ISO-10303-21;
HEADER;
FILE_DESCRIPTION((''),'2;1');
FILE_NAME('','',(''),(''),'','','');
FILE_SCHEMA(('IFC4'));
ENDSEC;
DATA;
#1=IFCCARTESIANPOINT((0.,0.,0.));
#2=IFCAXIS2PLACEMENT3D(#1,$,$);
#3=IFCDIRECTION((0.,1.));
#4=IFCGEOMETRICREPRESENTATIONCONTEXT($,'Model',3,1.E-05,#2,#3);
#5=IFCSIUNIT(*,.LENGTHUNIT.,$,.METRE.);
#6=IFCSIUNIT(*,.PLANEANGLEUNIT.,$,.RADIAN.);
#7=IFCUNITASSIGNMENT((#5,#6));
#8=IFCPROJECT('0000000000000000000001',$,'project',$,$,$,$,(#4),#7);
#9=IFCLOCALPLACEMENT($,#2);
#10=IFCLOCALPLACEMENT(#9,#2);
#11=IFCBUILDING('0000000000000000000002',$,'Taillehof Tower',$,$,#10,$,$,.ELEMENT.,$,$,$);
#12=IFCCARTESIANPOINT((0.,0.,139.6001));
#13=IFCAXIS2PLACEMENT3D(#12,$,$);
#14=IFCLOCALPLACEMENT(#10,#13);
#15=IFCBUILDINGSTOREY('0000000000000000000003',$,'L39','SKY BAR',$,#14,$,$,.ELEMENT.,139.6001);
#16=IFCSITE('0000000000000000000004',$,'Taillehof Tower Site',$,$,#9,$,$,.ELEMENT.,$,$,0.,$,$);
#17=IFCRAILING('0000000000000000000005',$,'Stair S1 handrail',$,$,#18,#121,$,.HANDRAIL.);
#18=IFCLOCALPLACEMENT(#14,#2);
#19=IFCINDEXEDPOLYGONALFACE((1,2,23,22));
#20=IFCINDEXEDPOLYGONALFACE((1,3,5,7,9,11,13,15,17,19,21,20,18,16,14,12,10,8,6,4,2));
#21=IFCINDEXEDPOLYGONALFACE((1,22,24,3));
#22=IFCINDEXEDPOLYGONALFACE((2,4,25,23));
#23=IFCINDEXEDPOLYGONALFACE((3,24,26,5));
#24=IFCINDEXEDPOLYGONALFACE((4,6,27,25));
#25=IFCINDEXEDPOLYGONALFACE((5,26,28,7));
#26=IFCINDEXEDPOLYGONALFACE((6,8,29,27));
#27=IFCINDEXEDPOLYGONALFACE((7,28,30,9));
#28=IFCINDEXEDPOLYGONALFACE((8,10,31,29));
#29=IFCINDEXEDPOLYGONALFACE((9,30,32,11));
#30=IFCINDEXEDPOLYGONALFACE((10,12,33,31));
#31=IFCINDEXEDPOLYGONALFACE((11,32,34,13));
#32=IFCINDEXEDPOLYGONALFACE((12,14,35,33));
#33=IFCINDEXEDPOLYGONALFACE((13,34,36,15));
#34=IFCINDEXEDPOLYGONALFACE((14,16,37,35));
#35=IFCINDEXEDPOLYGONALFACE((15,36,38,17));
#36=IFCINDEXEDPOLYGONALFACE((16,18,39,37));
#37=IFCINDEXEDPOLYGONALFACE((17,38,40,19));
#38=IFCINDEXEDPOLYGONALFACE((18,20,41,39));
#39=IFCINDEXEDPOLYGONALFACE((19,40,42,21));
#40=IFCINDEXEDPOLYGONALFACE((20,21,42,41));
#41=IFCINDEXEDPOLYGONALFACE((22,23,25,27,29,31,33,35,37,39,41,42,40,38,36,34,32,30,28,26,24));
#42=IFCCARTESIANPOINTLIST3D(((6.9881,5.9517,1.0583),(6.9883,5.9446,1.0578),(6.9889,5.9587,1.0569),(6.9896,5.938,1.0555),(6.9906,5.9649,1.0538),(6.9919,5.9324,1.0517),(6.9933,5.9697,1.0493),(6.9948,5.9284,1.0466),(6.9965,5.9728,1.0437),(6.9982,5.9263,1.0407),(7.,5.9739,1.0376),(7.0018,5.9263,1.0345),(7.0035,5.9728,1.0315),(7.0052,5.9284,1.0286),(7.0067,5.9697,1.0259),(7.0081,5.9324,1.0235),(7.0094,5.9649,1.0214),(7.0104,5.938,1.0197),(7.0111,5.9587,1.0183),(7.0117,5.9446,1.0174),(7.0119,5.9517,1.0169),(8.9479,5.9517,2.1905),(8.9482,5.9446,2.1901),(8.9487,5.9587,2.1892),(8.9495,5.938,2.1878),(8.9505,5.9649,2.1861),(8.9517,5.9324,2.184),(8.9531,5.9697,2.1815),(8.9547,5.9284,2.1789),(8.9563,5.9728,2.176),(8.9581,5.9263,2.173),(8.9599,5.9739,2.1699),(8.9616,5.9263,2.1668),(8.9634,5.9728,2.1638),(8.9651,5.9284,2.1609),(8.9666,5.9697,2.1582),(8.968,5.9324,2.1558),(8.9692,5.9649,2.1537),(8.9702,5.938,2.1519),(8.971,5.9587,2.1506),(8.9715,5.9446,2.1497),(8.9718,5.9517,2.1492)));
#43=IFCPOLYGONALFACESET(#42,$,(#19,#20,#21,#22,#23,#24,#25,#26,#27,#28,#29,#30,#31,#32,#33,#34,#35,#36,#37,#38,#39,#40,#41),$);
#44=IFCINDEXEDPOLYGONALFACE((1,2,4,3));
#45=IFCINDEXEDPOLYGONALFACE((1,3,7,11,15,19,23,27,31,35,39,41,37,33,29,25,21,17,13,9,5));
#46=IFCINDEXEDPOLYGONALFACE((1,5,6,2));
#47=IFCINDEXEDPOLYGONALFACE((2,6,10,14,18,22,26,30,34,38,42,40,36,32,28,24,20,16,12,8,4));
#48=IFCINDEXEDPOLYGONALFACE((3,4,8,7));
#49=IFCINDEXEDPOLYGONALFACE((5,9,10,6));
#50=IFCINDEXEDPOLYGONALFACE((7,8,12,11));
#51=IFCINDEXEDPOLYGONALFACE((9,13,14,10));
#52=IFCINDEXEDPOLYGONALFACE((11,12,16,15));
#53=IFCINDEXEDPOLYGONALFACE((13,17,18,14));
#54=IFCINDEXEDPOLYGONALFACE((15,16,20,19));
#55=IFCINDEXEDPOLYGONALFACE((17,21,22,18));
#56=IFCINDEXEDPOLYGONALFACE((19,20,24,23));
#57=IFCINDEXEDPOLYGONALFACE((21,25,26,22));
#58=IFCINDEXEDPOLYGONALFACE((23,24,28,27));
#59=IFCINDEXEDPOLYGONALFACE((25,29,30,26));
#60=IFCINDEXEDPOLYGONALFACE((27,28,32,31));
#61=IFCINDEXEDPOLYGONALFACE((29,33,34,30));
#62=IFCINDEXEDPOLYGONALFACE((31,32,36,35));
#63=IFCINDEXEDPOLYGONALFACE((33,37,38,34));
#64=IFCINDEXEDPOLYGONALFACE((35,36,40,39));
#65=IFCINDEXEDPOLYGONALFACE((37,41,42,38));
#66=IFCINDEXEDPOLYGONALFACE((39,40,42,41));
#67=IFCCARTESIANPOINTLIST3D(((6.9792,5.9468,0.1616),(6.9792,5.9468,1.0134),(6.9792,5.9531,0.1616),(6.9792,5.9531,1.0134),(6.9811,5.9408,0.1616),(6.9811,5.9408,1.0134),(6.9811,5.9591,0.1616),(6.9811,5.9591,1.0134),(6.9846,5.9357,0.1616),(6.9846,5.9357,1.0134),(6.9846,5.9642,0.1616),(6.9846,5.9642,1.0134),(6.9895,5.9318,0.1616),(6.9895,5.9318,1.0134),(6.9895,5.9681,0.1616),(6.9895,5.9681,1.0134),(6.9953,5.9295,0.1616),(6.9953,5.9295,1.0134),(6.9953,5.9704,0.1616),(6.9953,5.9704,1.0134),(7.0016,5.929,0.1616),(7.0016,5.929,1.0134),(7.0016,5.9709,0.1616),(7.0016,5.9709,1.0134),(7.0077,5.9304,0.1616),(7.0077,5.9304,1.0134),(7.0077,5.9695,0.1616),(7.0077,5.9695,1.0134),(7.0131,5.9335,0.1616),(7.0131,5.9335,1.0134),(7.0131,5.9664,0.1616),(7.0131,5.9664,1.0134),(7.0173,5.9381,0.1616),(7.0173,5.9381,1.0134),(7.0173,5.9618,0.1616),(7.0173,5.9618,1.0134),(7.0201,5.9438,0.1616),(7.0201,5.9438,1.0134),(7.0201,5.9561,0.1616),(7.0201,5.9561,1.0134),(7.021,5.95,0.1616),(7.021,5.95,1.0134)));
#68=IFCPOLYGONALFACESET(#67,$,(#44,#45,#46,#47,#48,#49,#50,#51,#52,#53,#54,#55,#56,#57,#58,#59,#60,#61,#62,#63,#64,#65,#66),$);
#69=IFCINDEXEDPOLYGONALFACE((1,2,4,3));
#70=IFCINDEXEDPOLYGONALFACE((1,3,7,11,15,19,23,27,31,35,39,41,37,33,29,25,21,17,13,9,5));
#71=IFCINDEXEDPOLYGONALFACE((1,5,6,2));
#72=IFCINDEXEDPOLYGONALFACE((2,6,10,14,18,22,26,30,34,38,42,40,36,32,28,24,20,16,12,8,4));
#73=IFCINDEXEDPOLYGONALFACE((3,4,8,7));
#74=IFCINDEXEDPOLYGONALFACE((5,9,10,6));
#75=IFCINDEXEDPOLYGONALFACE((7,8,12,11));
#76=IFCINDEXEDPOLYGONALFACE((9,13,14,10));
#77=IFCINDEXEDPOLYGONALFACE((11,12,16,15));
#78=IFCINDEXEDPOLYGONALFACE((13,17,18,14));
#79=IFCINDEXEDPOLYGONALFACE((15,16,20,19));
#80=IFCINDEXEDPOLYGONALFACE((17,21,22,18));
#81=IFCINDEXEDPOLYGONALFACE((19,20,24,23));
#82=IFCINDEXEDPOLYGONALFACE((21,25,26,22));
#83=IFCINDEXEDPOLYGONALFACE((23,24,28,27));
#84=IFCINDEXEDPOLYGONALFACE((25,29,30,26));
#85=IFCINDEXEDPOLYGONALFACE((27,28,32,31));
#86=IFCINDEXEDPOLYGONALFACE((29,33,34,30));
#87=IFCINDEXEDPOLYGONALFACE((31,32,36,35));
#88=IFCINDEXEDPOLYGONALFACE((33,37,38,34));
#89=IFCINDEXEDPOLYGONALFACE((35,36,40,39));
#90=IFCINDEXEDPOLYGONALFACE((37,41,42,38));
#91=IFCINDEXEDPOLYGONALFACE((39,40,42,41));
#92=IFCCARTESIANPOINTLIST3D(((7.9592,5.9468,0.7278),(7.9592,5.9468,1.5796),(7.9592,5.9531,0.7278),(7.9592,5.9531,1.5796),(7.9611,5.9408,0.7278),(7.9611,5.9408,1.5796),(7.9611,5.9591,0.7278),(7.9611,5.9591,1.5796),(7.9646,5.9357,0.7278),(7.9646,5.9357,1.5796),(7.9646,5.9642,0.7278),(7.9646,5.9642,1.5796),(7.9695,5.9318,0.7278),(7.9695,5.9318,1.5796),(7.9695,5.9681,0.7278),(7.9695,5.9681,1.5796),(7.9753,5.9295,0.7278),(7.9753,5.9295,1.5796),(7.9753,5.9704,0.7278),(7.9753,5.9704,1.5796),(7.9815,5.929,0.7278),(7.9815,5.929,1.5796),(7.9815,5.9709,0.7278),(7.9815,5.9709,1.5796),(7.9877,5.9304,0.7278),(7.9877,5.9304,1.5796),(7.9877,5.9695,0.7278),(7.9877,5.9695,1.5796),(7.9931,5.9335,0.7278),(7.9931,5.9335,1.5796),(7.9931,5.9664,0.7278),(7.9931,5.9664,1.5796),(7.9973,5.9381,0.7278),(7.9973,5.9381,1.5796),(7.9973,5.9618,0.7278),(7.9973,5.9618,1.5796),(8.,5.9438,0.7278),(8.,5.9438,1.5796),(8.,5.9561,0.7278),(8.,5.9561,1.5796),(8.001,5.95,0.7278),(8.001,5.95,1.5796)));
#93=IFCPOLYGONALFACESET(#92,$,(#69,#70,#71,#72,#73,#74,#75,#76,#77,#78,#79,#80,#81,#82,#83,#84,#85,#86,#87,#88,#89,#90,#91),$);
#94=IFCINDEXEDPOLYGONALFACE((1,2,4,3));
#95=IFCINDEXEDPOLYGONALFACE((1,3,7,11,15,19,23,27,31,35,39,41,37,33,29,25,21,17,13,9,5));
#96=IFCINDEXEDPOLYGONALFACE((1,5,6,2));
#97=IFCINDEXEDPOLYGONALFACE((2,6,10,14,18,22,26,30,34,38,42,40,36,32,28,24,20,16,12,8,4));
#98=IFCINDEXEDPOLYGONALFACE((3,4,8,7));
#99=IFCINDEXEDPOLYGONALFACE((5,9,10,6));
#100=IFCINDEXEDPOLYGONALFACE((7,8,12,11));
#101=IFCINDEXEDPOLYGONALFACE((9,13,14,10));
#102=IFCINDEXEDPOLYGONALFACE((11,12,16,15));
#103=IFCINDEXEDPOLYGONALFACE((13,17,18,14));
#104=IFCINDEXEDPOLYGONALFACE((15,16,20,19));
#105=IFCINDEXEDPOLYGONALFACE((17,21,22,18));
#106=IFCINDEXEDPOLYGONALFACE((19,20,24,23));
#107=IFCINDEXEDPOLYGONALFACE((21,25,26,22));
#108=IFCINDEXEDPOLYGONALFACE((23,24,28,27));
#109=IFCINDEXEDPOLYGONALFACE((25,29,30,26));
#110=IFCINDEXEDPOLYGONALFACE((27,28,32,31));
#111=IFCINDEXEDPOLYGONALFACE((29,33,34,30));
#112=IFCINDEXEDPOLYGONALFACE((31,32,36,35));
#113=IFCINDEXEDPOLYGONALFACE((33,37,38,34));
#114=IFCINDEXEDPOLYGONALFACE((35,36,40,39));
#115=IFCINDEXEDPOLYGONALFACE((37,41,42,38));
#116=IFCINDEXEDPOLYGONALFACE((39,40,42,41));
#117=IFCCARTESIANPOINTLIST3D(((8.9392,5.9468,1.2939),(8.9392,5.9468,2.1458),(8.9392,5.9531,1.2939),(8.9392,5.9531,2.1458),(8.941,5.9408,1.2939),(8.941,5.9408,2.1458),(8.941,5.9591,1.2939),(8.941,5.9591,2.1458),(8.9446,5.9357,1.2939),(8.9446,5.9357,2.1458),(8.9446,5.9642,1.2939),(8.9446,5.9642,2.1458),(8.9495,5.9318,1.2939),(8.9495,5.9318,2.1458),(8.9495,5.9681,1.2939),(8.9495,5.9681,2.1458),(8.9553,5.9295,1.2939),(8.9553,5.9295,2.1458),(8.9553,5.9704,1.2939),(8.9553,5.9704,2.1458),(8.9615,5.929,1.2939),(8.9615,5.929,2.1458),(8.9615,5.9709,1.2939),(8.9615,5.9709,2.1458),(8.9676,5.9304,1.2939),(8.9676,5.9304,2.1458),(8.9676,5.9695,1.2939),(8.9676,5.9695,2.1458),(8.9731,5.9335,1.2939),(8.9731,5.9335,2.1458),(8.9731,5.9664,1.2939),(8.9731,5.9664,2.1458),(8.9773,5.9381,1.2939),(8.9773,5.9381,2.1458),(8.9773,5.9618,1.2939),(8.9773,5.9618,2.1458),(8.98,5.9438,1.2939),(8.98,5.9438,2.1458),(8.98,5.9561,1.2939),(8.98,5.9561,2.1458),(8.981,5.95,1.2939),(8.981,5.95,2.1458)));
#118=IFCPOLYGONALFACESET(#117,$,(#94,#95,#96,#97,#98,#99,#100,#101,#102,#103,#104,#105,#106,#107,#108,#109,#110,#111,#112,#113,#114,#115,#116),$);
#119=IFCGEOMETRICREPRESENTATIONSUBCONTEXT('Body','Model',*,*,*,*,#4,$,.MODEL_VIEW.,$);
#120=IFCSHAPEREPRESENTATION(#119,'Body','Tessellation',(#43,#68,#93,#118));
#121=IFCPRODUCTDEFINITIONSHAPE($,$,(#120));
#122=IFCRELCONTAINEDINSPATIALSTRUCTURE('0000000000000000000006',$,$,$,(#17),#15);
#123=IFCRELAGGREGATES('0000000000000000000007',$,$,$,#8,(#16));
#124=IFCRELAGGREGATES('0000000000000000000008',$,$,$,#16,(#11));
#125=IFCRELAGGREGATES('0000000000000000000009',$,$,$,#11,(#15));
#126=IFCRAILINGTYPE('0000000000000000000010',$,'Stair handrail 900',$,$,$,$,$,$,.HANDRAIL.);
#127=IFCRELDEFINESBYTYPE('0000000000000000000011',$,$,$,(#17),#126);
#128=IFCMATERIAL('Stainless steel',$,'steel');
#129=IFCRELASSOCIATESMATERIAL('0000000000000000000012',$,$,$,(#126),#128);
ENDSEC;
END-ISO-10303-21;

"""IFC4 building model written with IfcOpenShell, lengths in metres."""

from ifc_helpers import new_model, si_unit, direction, frame, origin, origin_2d, place, context, subcontext, project, spatial, circle, extrude, material, type_object, element, save


model = new_model("IFC4")

# Units and contexts
model_context = context("Model", 3, precision=1e-05, world=origin(), true_north=direction((0.0, 1.0)))
body_context = subcontext(model_context, "Body", "Model", "MODEL_VIEW")
ifc_project = project(units=[si_unit("LENGTHUNIT", "METRE"), si_unit("PLANEANGLEUNIT", "RADIAN")], contexts=[model_context])

# Site, building, storey
site_placement = place(None, origin())
site = spatial("IfcSite", under=ifc_project, at=site_placement, Name="Taillehof Tower Site", CompositionType="ELEMENT", RefElevation=0.0)
building_placement = place(site_placement, origin())
building = spatial("IfcBuilding", under=site, at=building_placement, Name="Taillehof Tower", CompositionType="ELEMENT")
storey_placement = place(building_placement, frame((0.0, 0.0, 139.6001)))
storey = spatial("IfcBuildingStorey", under=building, at=storey_placement, Name="L39", Description="SKY BAR", CompositionType="ELEMENT", Elevation=139.6001)

# Railing
ifc_material_1 = material(Name="Stainless steel", Category="steel")
railing_type = type_object("IfcRailingType", Name="Stair handrail 900", PredefinedType="HANDRAIL", material=ifc_material_1)
railing_1_placement = place(storey_placement, frame((7.0, 5.95, 0.1616)))
element("IfcRailing", 1, at=railing_1_placement, inside=storey, type_object=railing_type, Name="Stair S1 handrail", PredefinedType="HANDRAIL", context=body_context, shape_type="SweptSolid", body=[
    extrude(circle(Radius=0.0239, at=origin_2d()), frame((0.0, 0.0, 0.876), z_axis=(0.865884, 0.0, 0.500245), x_axis=(0.0, 1.0, 0.0)), (0.0, 0.0, 1.0), 2.2634),
    extrude(circle(Radius=0.021, at=origin_2d()), origin(), (0.0, 0.0, 1.0), 0.8518),
    extrude(circle(Radius=0.021, at=origin_2d()), frame((0.98, 0.0, 0.5662)), (0.0, 0.0, 1.0), 0.8518),
    extrude(circle(Radius=0.021, at=origin_2d()), frame((1.96, 0.0, 1.1323)), (0.0, 0.0, 1.0), 0.8518),
])

save(model, "model.ifc")
